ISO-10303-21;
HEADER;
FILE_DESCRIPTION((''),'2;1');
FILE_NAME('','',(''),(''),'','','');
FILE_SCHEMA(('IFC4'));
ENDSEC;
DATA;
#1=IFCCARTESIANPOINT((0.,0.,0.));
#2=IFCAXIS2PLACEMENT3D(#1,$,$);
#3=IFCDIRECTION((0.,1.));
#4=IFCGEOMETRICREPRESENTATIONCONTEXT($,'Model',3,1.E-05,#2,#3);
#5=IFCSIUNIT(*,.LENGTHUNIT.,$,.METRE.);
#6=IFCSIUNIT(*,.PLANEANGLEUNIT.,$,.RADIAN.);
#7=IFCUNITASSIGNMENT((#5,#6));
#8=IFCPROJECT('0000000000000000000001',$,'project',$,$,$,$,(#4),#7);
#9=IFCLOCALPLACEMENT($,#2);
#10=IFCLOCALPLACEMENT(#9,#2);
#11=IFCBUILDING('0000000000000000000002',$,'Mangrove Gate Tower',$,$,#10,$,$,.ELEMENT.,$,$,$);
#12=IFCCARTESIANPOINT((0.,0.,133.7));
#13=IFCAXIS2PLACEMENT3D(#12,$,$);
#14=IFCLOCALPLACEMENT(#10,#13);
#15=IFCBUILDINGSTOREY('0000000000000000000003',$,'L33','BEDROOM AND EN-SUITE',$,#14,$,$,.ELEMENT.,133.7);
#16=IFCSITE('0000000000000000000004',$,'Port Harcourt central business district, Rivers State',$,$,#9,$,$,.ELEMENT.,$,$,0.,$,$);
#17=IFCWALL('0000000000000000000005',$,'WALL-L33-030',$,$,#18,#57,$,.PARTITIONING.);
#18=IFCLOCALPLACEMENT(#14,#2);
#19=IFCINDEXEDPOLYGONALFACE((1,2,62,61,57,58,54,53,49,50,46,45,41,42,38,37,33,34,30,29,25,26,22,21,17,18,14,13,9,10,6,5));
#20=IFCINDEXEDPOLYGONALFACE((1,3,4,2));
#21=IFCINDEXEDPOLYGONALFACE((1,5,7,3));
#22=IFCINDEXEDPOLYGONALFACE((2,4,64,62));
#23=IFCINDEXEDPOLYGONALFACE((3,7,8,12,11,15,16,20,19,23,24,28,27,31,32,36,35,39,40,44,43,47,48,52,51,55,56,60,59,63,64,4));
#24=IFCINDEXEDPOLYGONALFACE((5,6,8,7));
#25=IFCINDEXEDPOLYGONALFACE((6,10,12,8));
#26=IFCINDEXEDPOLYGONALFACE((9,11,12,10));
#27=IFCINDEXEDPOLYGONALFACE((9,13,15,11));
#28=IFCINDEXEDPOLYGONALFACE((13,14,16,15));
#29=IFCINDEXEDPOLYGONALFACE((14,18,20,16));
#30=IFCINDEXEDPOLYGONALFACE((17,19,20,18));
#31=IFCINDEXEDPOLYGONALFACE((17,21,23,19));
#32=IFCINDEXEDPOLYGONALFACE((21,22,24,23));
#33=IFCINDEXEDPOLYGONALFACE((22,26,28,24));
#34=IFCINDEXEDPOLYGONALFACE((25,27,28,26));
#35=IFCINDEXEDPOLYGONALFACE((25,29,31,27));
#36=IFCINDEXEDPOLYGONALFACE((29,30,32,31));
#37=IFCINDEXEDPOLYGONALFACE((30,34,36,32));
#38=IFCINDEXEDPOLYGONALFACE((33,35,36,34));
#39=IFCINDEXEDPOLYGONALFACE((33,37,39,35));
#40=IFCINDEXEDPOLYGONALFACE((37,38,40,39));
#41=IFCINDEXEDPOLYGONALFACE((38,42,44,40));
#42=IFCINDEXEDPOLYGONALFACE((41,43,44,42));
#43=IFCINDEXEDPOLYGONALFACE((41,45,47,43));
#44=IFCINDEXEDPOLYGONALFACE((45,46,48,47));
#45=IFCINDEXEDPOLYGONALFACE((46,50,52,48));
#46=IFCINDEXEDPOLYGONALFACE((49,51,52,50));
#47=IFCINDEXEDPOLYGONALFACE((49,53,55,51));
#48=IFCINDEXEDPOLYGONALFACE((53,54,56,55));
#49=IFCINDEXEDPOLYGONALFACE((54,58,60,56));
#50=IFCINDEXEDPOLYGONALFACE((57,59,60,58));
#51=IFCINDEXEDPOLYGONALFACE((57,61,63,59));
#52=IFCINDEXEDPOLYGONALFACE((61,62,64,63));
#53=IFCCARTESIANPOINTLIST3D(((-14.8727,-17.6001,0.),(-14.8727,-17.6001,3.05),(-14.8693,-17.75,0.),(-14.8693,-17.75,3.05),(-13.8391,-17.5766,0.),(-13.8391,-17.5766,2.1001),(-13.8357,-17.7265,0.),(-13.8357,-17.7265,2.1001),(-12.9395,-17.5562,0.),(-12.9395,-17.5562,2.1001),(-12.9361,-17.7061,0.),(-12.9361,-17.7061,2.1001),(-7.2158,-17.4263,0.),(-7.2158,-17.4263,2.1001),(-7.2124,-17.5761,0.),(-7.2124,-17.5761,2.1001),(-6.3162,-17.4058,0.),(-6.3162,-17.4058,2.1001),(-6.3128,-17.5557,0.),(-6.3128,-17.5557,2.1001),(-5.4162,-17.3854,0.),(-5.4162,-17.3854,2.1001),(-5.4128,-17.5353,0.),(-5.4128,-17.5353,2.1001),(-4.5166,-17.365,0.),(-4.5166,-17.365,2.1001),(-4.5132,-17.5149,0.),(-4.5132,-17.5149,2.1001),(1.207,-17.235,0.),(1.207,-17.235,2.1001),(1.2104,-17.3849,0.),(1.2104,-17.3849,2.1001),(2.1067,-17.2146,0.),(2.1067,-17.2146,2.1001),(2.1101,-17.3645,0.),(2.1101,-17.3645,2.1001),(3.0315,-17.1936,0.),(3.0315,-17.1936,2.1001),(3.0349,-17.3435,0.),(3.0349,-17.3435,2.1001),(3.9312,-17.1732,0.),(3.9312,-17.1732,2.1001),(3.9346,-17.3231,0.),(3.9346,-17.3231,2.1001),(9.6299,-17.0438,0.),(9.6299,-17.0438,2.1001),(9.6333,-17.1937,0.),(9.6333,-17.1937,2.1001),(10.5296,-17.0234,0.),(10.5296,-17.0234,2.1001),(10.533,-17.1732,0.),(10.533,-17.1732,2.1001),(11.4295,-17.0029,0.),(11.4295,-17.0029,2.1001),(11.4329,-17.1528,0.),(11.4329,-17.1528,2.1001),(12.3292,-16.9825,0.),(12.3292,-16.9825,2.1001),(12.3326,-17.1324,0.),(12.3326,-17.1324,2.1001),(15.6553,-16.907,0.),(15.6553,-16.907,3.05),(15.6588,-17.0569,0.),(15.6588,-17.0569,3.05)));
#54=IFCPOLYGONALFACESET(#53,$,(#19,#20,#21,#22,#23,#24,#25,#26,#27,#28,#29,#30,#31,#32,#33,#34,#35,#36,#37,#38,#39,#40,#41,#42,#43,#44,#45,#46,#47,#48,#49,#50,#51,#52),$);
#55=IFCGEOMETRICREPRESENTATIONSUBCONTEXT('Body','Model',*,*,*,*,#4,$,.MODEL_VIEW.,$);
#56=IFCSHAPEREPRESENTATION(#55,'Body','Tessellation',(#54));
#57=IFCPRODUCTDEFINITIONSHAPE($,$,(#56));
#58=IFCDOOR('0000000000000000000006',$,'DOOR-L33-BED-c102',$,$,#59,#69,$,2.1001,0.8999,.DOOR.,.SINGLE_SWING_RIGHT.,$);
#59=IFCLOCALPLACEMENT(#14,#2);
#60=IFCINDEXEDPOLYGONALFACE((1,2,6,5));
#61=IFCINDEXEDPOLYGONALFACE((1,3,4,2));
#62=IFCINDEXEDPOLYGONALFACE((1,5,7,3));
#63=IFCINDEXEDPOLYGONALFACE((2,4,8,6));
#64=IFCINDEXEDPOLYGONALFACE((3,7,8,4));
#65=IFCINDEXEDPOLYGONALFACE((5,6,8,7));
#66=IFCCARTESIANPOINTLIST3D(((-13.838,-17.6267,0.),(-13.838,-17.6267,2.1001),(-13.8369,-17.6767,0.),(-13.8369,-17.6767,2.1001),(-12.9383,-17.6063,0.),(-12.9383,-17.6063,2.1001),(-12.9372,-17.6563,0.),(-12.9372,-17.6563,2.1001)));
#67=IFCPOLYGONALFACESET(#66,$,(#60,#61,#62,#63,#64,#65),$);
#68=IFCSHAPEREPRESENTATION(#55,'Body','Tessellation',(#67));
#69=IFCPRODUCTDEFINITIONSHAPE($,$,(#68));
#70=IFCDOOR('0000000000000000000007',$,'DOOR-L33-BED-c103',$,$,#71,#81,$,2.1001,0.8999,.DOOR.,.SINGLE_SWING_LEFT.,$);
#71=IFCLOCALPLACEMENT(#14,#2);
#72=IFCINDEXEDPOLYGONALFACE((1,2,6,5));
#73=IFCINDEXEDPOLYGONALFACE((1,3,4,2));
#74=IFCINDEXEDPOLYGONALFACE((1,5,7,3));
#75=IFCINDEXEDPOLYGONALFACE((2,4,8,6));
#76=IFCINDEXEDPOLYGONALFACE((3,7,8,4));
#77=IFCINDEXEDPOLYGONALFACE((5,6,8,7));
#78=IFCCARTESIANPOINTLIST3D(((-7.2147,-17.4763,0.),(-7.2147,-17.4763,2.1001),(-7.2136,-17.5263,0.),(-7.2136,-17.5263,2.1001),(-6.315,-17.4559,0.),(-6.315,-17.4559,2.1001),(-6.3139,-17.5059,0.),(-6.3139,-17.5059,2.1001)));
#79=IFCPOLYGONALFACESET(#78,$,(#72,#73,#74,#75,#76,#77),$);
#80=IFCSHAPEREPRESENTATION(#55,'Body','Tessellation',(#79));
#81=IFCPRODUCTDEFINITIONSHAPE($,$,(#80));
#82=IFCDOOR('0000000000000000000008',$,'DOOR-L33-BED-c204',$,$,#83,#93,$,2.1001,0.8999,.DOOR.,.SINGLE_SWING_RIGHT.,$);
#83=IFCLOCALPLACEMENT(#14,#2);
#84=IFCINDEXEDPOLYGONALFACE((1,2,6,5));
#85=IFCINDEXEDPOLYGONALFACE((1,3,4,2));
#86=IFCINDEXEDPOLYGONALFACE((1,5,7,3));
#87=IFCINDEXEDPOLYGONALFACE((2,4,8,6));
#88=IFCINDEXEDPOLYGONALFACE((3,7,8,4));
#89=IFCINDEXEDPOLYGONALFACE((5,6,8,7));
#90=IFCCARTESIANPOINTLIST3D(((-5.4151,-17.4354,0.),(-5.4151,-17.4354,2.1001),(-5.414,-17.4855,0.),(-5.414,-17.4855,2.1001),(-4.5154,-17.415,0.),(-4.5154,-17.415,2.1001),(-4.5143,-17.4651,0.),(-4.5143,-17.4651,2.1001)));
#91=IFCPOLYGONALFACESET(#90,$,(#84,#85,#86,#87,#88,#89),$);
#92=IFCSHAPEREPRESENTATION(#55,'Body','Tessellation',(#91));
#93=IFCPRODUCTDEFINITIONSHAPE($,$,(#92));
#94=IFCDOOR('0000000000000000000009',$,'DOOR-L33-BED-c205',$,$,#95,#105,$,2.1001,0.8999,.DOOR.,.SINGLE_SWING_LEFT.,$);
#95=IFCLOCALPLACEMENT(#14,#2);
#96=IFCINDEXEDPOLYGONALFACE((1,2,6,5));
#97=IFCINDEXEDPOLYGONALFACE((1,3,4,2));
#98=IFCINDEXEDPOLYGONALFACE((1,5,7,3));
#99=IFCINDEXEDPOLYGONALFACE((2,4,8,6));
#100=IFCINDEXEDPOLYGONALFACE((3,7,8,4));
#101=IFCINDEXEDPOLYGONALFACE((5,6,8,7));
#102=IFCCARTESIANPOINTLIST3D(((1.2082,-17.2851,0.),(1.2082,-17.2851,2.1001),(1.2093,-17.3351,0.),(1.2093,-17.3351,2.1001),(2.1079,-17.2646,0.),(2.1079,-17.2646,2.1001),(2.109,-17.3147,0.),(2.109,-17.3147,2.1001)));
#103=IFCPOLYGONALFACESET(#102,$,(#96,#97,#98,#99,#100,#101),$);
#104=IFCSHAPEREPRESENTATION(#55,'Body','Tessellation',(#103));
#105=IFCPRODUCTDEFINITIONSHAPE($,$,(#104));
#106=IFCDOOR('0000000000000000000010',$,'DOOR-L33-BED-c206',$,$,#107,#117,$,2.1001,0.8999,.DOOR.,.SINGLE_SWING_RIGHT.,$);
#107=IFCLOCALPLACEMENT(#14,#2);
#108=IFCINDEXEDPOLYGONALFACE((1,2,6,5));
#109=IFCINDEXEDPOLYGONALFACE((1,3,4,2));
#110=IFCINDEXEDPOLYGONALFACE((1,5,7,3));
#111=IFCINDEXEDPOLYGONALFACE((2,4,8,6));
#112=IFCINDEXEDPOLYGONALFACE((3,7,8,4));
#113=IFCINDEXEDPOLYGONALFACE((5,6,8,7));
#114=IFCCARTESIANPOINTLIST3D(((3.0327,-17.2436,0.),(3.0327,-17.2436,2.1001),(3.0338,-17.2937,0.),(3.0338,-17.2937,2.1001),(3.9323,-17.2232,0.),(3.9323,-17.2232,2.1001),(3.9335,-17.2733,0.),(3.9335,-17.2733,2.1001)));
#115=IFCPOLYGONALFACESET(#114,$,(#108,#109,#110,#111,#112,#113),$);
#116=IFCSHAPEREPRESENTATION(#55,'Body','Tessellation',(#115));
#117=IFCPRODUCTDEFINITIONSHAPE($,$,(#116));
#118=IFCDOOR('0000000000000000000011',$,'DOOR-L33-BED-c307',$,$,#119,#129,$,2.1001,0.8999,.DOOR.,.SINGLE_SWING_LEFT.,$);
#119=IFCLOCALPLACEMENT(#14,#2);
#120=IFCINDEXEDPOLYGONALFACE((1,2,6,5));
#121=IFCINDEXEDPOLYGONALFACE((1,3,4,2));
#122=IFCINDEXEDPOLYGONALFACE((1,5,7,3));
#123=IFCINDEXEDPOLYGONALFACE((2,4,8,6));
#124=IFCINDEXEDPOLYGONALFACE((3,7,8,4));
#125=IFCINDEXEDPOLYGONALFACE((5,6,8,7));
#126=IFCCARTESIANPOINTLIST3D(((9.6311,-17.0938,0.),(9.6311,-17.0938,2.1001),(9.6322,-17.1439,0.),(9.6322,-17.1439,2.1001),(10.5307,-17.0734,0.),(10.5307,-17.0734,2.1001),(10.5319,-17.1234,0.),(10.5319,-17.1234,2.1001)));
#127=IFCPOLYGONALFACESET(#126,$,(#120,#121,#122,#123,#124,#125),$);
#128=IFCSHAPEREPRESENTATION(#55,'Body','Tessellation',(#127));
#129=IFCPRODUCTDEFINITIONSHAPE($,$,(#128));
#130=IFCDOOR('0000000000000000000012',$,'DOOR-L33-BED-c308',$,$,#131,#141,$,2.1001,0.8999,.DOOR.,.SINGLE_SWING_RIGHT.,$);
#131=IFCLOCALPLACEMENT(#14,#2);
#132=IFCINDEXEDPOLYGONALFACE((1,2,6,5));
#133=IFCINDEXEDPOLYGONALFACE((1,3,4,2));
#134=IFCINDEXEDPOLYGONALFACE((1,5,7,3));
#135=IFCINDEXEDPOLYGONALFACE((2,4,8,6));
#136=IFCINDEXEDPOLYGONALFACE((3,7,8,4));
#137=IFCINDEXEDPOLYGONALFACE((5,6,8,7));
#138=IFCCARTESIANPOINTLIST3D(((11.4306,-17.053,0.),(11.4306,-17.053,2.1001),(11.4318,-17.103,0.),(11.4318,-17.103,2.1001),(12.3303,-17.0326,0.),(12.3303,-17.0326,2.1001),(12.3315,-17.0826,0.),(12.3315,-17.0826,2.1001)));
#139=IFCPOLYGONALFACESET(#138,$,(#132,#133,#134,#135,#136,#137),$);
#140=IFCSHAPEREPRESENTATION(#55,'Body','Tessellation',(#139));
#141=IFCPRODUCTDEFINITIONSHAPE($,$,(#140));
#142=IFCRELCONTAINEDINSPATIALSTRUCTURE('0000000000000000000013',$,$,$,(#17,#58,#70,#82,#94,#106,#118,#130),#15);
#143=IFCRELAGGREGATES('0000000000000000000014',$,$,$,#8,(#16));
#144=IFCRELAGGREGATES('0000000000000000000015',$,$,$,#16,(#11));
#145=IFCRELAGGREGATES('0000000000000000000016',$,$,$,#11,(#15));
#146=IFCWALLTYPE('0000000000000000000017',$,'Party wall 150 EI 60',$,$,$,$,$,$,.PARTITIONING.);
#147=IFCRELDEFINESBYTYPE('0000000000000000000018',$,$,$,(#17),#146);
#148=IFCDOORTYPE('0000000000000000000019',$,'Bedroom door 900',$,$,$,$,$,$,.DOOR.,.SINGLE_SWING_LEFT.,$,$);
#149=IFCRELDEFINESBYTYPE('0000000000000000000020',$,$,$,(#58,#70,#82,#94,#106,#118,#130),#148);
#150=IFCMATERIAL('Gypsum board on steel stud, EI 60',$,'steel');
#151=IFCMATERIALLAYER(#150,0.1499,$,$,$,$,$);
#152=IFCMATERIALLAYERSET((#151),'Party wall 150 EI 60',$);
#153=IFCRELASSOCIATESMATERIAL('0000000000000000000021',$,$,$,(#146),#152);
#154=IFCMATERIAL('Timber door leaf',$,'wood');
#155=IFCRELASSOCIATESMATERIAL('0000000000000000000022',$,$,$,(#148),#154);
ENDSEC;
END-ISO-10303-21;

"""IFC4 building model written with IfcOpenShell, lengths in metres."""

from ifc_helpers import new_model, si_unit, direction, frame, frame_2d, origin, place, context, subcontext, project, spatial, rectangle, extrude, material, layer, layer_set, type_object, element, fill, save


model = new_model("IFC4")

# Units and contexts
model_context = context("Model", 3, precision=1e-05, world=origin(), true_north=direction((0.0, 1.0)))
body_context = subcontext(model_context, "Body", "Model", "MODEL_VIEW")
ifc_project = project(units=[si_unit("LENGTHUNIT", "METRE"), si_unit("PLANEANGLEUNIT", "RADIAN")], contexts=[model_context])

# Site, building, storey
site_placement = place(None, origin())
site = spatial("IfcSite", under=ifc_project, at=site_placement, Name="Port Harcourt central business district, Rivers State", CompositionType="ELEMENT", RefElevation=0.0)
building_placement = place(site_placement, origin())
building = spatial("IfcBuilding", under=site, at=building_placement, Name="Mangrove Gate Tower", CompositionType="ELEMENT")
storey_placement = place(building_placement, frame((0.0, 0.0, 133.7)))
storey = spatial("IfcBuildingStorey", under=building, at=storey_placement, Name="L33", Description="BEDROOM AND EN-SUITE", CompositionType="ELEMENT", Elevation=133.7)

# Wall, openings, doors
ifc_material_1 = material(Name="Gypsum board on steel stud, EI 60", Category="steel")
ifc_layer_1 = layer(ifc_material_1, 0.1499)
ifc_layer_set_1 = layer_set([ifc_layer_1], Name="Party wall 150 EI 60")
wall_type_1 = type_object("IfcWallType", Name="Party wall 150 EI 60", PredefinedType="PARTITIONING", material=ifc_layer_set_1)
wall_1_placement = place(storey_placement, frame((-14.8711, -17.675, 0.0), z_axis=(0.0, 0.0, 1.0), x_axis=(0.999742, 0.022698, 0.0)))
wall_1 = element("IfcWall", 1, at=wall_1_placement, inside=storey, type_object=wall_type_1, Name="WALL-L33-030", PredefinedType="PARTITIONING", context=body_context, shape_type="SweptSolid", body=[
    extrude(rectangle(XDim=30.5359, YDim=0.1499, at=frame_2d((15.2681, 0.0))), origin(), (0.0, 0.0, 1.0), 3.05),
])
opening_1_placement = place(wall_1_placement, frame((1.0339, 0.0, 0.0)))
opening_1 = element("IfcOpeningElement", 2, at=opening_1_placement, cuts=wall_1, PredefinedType="OPENING", context=body_context, shape_type="SweptSolid", body=[
    extrude(rectangle(XDim=0.8999, YDim=2.1001, at=frame_2d((0.45, 1.05))), frame((0.0, 0.085, 0.0), z_axis=(0.0, -1.0, 0.0), x_axis=(1.0, 0.0, 0.0)), (0.0, 0.0, 1.0), 0.1699),
])
opening_2_placement = place(wall_1_placement, frame((7.6589, 0.0, 0.0)))
opening_2 = element("IfcOpeningElement", 3, at=opening_2_placement, cuts=wall_1, PredefinedType="OPENING", context=body_context, shape_type="SweptSolid", body=[
    extrude(rectangle(XDim=0.8999, YDim=2.1001, at=frame_2d((0.45, 1.05))), frame((0.0, 0.085, 0.0), z_axis=(0.0, -1.0, 0.0), x_axis=(1.0, 0.0, 0.0)), (0.0, 0.0, 1.0), 0.1699),
])
opening_3_placement = place(wall_1_placement, frame((9.459, 0.0, 0.0)))
opening_3 = element("IfcOpeningElement", 4, at=opening_3_placement, cuts=wall_1, PredefinedType="OPENING", context=body_context, shape_type="SweptSolid", body=[
    extrude(rectangle(XDim=0.8999, YDim=2.1001, at=frame_2d((0.45, 1.05))), frame((0.0, 0.085, 0.0), z_axis=(0.0, -1.0, 0.0), x_axis=(1.0, 0.0, 0.0)), (0.0, 0.0, 1.0), 0.1699),
])
opening_4_placement = place(wall_1_placement, frame((16.084, 0.0, 0.0)))
opening_4 = element("IfcOpeningElement", 5, at=opening_4_placement, cuts=wall_1, PredefinedType="OPENING", context=body_context, shape_type="SweptSolid", body=[
    extrude(rectangle(XDim=0.8999, YDim=2.1001, at=frame_2d((0.45, 1.05))), frame((0.0, 0.085, 0.0), z_axis=(0.0, -1.0, 0.0), x_axis=(1.0, 0.0, 0.0)), (0.0, 0.0, 1.0), 0.1699),
])
opening_5_placement = place(wall_1_placement, frame((17.9089, 0.0, 0.0)))
opening_5 = element("IfcOpeningElement", 6, at=opening_5_placement, cuts=wall_1, PredefinedType="OPENING", context=body_context, shape_type="SweptSolid", body=[
    extrude(rectangle(XDim=0.8999, YDim=2.1001, at=frame_2d((0.45, 1.05))), frame((0.0, 0.085, 0.0), z_axis=(0.0, -1.0, 0.0), x_axis=(1.0, 0.0, 0.0)), (0.0, 0.0, 1.0), 0.1699),
])
opening_6_placement = place(wall_1_placement, frame((24.509, 0.0, 0.0)))
opening_6 = element("IfcOpeningElement", 7, at=opening_6_placement, cuts=wall_1, PredefinedType="OPENING", context=body_context, shape_type="SweptSolid", body=[
    extrude(rectangle(XDim=0.8999, YDim=2.1001, at=frame_2d((0.45, 1.05))), frame((0.0, 0.085, 0.0), z_axis=(0.0, -1.0, 0.0), x_axis=(1.0, 0.0, 0.0)), (0.0, 0.0, 1.0), 0.1699),
])
opening_7_placement = place(wall_1_placement, frame((26.3091, 0.0, 0.0)))
opening_7 = element("IfcOpeningElement", 8, at=opening_7_placement, cuts=wall_1, PredefinedType="OPENING", context=body_context, shape_type="SweptSolid", body=[
    extrude(rectangle(XDim=0.8999, YDim=2.1001, at=frame_2d((0.45, 1.05))), frame((0.0, 0.085, 0.0), z_axis=(0.0, -1.0, 0.0), x_axis=(1.0, 0.0, 0.0)), (0.0, 0.0, 1.0), 0.1699),
])
ifc_material_2 = material(Name="Timber door leaf", Category="wood")
door_type_1 = type_object("IfcDoorType", Name="Bedroom door 900", OperationType="SINGLE_SWING_LEFT", PredefinedType="DOOR", material=ifc_material_2)
door_1_placement = place(opening_1_placement, origin())
door_1 = element("IfcDoor", 9, at=door_1_placement, inside=storey, type_object=door_type_1, Name="DOOR-L33-BED-c102", OperationType="SINGLE_SWING_RIGHT", OverallHeight=2.1001, OverallWidth=0.8999, PredefinedType="DOOR", context=body_context, shape_type="SweptSolid", body=[
    extrude(rectangle(XDim=0.8999, YDim=2.1001, at=frame_2d((0.45, 1.05))), frame((0.0, 0.0249, 0.0), z_axis=(0.0, -1.0, 0.0), x_axis=(1.0, 0.0, 0.0)), (0.0, 0.0, 1.0), 0.05),
])
fill(opening_1, door_1)
door_2_placement = place(opening_2_placement, origin())
door_2 = element("IfcDoor", 10, at=door_2_placement, inside=storey, type_object=door_type_1, Name="DOOR-L33-BED-c103", OperationType="SINGLE_SWING_LEFT", OverallHeight=2.1001, OverallWidth=0.8999, PredefinedType="DOOR", context=body_context, shape_type="SweptSolid", body=[
    extrude(rectangle(XDim=0.8999, YDim=2.1001, at=frame_2d((0.45, 1.05))), frame((0.0, 0.0249, 0.0), z_axis=(0.0, -1.0, 0.0), x_axis=(1.0, 0.0, 0.0)), (0.0, 0.0, 1.0), 0.05),
])
fill(opening_2, door_2)
door_3_placement = place(opening_3_placement, origin())
door_3 = element("IfcDoor", 11, at=door_3_placement, inside=storey, type_object=door_type_1, Name="DOOR-L33-BED-c204", OperationType="SINGLE_SWING_RIGHT", OverallHeight=2.1001, OverallWidth=0.8999, PredefinedType="DOOR", context=body_context, shape_type="SweptSolid", body=[
    extrude(rectangle(XDim=0.8999, YDim=2.1001, at=frame_2d((0.45, 1.05))), frame((0.0, 0.0249, 0.0), z_axis=(0.0, -1.0, 0.0), x_axis=(1.0, 0.0, 0.0)), (0.0, 0.0, 1.0), 0.05),
])
fill(opening_3, door_3)
door_4_placement = place(opening_4_placement, origin())
door_4 = element("IfcDoor", 12, at=door_4_placement, inside=storey, type_object=door_type_1, Name="DOOR-L33-BED-c205", OperationType="SINGLE_SWING_LEFT", OverallHeight=2.1001, OverallWidth=0.8999, PredefinedType="DOOR", context=body_context, shape_type="SweptSolid", body=[
    extrude(rectangle(XDim=0.8999, YDim=2.1001, at=frame_2d((0.45, 1.05))), frame((0.0, 0.0249, 0.0), z_axis=(0.0, -1.0, 0.0), x_axis=(1.0, 0.0, 0.0)), (0.0, 0.0, 1.0), 0.05),
])
fill(opening_4, door_4)
door_5_placement = place(opening_5_placement, origin())
door_5 = element("IfcDoor", 13, at=door_5_placement, inside=storey, type_object=door_type_1, Name="DOOR-L33-BED-c206", OperationType="SINGLE_SWING_RIGHT", OverallHeight=2.1001, OverallWidth=0.8999, PredefinedType="DOOR", context=body_context, shape_type="SweptSolid", body=[
    extrude(rectangle(XDim=0.8999, YDim=2.1001, at=frame_2d((0.45, 1.05))), frame((0.0, 0.0249, 0.0), z_axis=(0.0, -1.0, 0.0), x_axis=(1.0, 0.0, 0.0)), (0.0, 0.0, 1.0), 0.05),
])
fill(opening_5, door_5)
door_6_placement = place(opening_6_placement, origin())
door_6 = element("IfcDoor", 14, at=door_6_placement, inside=storey, type_object=door_type_1, Name="DOOR-L33-BED-c307", OperationType="SINGLE_SWING_LEFT", OverallHeight=2.1001, OverallWidth=0.8999, PredefinedType="DOOR", context=body_context, shape_type="SweptSolid", body=[
    extrude(rectangle(XDim=0.8999, YDim=2.1001, at=frame_2d((0.45, 1.05))), frame((0.0, 0.0249, 0.0), z_axis=(0.0, -1.0, 0.0), x_axis=(1.0, 0.0, 0.0)), (0.0, 0.0, 1.0), 0.05),
])
fill(opening_6, door_6)
door_7_placement = place(opening_7_placement, origin())
door_7 = element("IfcDoor", 15, at=door_7_placement, inside=storey, type_object=door_type_1, Name="DOOR-L33-BED-c308", OperationType="SINGLE_SWING_RIGHT", OverallHeight=2.1001, OverallWidth=0.8999, PredefinedType="DOOR", context=body_context, shape_type="SweptSolid", body=[
    extrude(rectangle(XDim=0.8999, YDim=2.1001, at=frame_2d((0.45, 1.05))), frame((0.0, 0.0249, 0.0), z_axis=(0.0, -1.0, 0.0), x_axis=(1.0, 0.0, 0.0)), (0.0, 0.0, 1.0), 0.05),
])
fill(opening_7, door_7)

save(model, "model.ifc")
